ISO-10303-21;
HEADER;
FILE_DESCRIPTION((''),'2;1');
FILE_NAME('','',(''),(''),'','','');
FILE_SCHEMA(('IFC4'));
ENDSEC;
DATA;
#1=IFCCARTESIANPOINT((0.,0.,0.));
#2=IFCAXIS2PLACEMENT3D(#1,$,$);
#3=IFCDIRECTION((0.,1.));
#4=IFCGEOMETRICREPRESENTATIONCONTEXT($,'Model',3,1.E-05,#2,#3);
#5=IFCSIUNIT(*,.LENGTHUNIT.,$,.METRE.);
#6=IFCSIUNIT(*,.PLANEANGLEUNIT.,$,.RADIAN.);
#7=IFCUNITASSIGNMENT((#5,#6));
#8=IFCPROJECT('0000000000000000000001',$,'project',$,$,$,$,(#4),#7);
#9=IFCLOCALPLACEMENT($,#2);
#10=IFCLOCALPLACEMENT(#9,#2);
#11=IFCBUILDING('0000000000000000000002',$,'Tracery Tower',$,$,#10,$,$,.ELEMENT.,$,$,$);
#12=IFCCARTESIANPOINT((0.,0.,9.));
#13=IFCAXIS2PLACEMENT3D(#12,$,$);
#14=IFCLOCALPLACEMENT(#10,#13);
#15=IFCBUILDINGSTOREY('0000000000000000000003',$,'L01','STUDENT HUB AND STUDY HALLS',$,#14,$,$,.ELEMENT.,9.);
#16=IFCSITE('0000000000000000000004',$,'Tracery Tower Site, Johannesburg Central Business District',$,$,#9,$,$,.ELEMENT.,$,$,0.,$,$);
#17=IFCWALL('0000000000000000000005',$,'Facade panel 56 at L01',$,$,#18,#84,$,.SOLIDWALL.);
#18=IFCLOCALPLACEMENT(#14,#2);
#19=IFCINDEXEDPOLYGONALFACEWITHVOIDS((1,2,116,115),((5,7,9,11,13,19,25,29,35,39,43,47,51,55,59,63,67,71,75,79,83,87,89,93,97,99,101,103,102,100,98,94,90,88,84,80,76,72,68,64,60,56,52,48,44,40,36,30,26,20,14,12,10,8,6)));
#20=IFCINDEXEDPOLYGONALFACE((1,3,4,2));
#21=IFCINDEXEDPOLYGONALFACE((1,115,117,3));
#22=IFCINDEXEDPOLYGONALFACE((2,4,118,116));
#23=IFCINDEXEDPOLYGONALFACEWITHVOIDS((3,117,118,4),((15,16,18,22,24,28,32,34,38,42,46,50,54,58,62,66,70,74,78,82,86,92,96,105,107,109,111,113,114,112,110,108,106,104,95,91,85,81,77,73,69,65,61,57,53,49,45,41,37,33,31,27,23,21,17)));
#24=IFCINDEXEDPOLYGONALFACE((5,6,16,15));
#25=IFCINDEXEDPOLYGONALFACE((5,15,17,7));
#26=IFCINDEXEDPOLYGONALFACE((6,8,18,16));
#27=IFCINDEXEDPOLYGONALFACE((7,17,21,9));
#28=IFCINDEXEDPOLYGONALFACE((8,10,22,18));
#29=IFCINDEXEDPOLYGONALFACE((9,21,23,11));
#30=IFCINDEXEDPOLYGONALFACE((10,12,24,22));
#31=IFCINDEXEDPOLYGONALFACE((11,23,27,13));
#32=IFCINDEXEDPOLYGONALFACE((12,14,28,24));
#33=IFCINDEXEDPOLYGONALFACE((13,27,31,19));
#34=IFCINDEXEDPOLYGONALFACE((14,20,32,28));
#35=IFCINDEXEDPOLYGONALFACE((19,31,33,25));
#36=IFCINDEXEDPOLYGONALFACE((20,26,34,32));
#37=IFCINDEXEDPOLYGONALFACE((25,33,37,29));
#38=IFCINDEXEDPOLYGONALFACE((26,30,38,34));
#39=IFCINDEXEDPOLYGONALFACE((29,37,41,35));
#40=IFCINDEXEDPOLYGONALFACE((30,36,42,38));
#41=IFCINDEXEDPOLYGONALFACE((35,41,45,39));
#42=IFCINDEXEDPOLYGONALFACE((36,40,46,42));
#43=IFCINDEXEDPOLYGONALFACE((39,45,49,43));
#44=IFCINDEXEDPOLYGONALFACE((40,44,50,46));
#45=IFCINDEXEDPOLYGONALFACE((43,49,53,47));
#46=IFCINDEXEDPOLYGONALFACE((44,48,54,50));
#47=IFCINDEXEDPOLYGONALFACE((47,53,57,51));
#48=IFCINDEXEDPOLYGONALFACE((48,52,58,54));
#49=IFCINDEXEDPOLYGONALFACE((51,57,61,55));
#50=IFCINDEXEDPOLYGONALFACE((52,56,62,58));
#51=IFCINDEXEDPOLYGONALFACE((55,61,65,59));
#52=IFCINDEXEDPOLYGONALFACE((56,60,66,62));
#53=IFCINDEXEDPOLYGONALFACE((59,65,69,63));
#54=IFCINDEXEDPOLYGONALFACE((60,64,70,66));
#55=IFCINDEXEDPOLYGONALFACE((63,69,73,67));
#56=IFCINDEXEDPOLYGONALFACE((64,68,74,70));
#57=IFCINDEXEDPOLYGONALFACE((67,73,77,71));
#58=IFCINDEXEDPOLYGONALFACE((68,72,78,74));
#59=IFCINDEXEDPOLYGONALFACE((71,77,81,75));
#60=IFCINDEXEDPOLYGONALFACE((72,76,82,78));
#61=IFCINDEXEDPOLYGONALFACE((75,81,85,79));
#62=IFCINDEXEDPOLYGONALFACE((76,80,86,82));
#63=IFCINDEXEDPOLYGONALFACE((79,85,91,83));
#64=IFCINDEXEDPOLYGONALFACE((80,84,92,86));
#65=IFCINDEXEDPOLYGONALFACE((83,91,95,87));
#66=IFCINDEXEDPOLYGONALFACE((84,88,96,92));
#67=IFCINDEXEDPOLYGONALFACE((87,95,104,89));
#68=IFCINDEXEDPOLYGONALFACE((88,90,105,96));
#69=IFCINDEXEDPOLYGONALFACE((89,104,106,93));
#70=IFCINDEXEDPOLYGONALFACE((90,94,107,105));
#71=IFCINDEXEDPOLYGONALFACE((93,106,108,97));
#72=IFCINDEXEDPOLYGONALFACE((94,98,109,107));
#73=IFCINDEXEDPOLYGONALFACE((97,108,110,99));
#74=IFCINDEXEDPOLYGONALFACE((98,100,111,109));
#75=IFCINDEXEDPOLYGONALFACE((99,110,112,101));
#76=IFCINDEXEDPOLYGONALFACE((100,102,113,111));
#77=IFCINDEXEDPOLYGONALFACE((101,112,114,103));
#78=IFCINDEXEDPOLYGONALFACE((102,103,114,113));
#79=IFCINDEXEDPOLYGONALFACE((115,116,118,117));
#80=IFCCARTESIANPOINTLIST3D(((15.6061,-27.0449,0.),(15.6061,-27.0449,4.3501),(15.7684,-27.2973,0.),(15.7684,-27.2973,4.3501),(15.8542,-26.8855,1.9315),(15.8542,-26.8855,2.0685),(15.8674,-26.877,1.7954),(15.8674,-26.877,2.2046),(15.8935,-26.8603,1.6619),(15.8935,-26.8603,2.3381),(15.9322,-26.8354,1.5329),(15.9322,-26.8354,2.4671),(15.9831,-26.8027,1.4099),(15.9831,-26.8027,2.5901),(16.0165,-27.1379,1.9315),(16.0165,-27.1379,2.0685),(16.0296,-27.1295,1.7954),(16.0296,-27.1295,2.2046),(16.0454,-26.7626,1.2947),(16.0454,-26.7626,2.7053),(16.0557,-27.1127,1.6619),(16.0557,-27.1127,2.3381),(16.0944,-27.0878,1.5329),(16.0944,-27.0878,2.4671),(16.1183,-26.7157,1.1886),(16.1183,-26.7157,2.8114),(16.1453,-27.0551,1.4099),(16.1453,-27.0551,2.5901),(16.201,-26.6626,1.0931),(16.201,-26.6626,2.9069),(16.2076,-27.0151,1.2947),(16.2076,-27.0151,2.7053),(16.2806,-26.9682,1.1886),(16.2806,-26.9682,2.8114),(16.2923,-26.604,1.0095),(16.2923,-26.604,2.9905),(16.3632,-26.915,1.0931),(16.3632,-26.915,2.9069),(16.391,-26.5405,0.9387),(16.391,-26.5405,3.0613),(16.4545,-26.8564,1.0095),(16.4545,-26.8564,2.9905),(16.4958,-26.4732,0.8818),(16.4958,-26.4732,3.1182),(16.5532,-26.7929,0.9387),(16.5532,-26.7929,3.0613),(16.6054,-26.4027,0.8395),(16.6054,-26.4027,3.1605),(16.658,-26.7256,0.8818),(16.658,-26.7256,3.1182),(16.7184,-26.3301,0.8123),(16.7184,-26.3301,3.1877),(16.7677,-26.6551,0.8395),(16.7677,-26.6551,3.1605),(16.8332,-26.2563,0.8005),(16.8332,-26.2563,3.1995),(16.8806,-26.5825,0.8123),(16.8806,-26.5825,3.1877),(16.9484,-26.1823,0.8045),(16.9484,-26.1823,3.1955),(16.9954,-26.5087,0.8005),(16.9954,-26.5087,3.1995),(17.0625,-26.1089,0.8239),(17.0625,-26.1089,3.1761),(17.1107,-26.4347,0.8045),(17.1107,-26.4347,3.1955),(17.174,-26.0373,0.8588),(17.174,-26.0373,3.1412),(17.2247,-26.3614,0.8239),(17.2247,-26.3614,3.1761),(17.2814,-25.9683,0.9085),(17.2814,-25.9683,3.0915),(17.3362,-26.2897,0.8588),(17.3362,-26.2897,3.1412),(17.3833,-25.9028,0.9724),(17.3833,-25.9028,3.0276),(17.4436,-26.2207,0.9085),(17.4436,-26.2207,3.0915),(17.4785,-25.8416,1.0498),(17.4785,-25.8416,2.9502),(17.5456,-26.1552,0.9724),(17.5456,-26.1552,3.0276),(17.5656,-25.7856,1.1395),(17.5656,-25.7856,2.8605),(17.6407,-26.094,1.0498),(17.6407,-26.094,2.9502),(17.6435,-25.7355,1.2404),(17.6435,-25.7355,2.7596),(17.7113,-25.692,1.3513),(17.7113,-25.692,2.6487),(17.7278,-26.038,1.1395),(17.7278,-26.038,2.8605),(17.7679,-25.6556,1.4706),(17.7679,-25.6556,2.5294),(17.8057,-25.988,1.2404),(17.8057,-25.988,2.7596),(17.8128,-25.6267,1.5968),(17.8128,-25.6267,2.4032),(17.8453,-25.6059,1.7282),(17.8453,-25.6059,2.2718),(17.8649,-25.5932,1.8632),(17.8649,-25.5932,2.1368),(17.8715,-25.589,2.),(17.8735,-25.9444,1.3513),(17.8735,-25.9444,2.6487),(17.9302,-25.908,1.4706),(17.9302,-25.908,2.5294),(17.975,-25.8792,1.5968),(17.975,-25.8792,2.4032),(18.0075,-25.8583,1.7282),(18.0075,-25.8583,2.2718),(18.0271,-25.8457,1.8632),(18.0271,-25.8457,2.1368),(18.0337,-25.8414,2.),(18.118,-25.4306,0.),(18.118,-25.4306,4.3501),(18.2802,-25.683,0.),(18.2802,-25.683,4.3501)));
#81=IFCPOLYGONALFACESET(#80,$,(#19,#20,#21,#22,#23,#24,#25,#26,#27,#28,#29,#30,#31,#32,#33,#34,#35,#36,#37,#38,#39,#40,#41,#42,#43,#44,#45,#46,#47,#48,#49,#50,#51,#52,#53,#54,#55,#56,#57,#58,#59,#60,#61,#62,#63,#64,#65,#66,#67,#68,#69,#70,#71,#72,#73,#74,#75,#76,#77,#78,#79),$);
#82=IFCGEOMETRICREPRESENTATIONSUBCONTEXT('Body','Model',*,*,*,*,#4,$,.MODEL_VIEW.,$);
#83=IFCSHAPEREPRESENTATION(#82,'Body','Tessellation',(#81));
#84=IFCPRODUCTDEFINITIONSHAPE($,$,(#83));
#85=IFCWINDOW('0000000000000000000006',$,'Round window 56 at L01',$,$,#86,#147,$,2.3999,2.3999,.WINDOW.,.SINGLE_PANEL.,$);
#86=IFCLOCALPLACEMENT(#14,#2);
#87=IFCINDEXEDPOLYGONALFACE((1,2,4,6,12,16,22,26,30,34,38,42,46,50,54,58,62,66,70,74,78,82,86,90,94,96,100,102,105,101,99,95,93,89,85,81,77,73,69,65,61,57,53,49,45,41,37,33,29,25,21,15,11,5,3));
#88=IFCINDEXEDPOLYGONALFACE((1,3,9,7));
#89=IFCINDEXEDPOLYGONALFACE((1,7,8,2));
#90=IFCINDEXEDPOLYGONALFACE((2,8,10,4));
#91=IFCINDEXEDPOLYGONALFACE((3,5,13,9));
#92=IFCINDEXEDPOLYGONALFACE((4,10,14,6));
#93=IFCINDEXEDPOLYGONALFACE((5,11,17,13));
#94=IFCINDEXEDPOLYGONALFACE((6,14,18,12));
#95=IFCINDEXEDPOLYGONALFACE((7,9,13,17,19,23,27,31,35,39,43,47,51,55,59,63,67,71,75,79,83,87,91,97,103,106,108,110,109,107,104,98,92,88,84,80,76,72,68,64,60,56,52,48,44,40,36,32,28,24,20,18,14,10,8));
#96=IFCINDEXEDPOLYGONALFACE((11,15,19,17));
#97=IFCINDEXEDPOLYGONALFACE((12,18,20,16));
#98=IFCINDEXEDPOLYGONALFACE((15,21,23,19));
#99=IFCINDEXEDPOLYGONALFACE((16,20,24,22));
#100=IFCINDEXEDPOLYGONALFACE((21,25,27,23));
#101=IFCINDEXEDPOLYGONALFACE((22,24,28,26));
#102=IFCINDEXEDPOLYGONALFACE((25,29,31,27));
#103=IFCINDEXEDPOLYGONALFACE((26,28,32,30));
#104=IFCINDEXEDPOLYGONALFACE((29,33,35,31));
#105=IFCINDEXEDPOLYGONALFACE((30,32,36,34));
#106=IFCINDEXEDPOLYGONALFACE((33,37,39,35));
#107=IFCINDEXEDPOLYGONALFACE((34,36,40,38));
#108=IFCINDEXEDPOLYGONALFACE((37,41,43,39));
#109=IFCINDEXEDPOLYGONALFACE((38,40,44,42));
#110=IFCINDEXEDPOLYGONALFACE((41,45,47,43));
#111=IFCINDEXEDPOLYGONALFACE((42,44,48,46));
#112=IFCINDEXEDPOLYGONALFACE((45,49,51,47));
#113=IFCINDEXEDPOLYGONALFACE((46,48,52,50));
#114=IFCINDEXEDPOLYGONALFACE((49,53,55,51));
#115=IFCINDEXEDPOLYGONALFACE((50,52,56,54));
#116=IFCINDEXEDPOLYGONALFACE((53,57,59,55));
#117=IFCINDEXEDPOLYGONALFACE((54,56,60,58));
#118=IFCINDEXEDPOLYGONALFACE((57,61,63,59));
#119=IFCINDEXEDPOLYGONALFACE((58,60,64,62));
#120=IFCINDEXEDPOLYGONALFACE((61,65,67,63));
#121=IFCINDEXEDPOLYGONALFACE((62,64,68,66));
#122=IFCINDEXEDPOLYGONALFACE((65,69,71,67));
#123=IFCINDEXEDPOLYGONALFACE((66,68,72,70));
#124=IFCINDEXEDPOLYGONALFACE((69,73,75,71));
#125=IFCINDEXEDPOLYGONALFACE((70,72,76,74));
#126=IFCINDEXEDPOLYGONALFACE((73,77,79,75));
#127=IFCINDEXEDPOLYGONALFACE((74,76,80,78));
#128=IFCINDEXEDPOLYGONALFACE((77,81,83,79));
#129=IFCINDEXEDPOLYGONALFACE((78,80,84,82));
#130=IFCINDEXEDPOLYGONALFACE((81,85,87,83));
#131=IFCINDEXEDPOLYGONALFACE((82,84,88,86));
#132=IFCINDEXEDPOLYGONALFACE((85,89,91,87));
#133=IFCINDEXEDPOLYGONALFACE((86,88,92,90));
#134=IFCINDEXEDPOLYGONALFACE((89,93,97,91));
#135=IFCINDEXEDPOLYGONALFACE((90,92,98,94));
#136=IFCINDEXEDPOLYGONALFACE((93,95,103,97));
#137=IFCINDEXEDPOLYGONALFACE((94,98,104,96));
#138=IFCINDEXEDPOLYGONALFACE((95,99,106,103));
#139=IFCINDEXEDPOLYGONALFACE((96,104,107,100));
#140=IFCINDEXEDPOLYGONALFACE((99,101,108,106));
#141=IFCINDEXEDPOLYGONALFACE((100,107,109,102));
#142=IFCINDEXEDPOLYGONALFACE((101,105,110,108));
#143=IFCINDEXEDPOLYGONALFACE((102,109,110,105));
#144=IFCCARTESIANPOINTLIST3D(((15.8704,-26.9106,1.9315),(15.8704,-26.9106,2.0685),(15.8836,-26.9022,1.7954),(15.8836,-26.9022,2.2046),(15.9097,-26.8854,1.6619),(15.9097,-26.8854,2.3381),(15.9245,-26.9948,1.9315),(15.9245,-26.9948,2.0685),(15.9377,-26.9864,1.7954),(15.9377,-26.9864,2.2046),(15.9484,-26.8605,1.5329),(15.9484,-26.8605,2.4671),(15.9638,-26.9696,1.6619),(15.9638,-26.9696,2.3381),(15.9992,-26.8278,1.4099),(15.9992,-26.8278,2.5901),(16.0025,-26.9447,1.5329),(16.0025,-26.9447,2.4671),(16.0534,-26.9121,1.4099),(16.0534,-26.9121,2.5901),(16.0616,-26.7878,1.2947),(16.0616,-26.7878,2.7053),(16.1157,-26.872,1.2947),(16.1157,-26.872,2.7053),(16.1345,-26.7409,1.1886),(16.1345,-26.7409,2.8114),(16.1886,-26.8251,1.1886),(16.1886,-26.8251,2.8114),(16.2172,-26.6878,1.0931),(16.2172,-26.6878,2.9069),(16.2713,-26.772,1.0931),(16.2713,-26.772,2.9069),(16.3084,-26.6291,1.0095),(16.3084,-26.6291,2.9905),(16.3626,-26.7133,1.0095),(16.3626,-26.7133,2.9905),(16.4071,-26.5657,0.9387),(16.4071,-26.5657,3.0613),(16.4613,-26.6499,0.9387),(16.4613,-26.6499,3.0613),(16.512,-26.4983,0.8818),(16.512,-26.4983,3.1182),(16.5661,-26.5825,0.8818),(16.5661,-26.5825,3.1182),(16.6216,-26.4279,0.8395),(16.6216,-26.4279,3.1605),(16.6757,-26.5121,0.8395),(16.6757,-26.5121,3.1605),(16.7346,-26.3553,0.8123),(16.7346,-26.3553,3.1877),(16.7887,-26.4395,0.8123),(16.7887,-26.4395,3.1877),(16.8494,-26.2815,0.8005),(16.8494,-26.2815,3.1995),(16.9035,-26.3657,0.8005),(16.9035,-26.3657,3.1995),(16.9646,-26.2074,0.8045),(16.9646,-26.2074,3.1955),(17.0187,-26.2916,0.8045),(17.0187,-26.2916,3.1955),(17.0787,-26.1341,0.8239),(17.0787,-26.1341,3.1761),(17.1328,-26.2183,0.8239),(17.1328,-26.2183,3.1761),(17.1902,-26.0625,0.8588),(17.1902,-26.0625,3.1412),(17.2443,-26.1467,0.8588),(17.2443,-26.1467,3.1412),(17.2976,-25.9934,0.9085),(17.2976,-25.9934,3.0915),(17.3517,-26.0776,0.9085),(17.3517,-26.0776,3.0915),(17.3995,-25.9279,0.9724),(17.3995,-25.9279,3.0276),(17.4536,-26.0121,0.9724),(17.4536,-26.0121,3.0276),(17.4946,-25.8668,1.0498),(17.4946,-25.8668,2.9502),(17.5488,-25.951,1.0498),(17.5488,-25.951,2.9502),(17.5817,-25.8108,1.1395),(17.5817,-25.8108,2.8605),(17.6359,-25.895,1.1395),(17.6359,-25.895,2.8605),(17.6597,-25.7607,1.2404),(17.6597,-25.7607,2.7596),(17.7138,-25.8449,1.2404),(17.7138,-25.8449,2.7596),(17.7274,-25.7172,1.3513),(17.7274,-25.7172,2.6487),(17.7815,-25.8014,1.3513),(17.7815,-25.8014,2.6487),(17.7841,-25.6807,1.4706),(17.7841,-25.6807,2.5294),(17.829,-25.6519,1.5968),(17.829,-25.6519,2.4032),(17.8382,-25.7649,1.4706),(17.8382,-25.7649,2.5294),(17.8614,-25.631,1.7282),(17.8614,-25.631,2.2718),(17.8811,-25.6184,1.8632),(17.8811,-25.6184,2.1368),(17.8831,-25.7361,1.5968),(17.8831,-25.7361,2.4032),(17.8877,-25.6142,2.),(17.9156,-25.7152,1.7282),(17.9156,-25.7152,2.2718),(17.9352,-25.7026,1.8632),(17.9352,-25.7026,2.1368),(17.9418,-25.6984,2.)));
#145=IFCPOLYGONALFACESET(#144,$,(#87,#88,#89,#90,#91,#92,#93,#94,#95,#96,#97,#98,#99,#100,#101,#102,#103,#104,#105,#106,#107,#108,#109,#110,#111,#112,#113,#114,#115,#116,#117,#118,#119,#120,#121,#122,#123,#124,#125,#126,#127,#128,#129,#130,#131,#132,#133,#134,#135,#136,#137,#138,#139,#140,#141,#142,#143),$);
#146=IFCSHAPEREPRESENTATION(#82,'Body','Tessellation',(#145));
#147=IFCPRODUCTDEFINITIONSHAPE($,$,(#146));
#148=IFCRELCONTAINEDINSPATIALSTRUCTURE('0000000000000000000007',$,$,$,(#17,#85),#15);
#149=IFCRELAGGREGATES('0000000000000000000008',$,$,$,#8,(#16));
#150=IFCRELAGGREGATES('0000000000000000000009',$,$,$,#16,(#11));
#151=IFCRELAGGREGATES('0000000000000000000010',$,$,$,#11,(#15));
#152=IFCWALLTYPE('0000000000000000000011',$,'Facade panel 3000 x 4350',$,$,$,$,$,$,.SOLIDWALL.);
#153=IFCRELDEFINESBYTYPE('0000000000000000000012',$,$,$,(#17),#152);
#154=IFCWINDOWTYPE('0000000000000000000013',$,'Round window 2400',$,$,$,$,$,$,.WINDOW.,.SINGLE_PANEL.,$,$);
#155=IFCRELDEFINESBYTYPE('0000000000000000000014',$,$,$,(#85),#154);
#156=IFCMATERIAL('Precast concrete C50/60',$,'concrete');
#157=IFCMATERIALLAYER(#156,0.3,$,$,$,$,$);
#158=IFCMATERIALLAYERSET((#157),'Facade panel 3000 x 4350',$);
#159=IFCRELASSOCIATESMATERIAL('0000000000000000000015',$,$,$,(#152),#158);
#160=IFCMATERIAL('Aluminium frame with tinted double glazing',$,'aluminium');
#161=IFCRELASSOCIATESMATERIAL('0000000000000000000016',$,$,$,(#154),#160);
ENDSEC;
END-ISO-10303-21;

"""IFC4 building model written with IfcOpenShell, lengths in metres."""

from ifc_helpers import new_model, si_unit, direction, frame, frame_2d, origin, origin_2d, place, context, subcontext, project, spatial, rectangle, circle, extrude, material, layer, layer_set, type_object, element, fill, save


model = new_model("IFC4")

# Units and contexts
model_context = context("Model", 3, precision=1e-05, world=origin(), true_north=direction((0.0, 1.0)))
body_context = subcontext(model_context, "Body", "Model", "MODEL_VIEW")
ifc_project = project(units=[si_unit("LENGTHUNIT", "METRE"), si_unit("PLANEANGLEUNIT", "RADIAN")], contexts=[model_context])

# Site, building, storey
site_placement = place(None, origin())
site = spatial("IfcSite", under=ifc_project, at=site_placement, Name="Tracery Tower Site, Johannesburg Central Business District", CompositionType="ELEMENT", RefElevation=0.0)
building_placement = place(site_placement, origin())
building = spatial("IfcBuilding", under=site, at=building_placement, Name="Tracery Tower", CompositionType="ELEMENT")
storey_placement = place(building_placement, frame((0.0, 0.0, 9.0)))
storey = spatial("IfcBuildingStorey", under=building, at=storey_placement, Name="L01", Description="STUDENT HUB AND STUDY HALLS", CompositionType="ELEMENT", Elevation=9.0)

# Wall, opening, window
ifc_material_1 = material(Name="Precast concrete C50/60", Category="concrete")
ifc_layer_1 = layer(ifc_material_1, 0.3)
ifc_layer_set_1 = layer_set([ifc_layer_1], Name="Facade panel 3000 x 4350")
wall_type_1 = type_object("IfcWallType", Name="Facade panel 3000 x 4350", PredefinedType="SOLIDWALL", material=ifc_layer_set_1)
ifc_material_2 = material(Name="Aluminium frame with tinted double glazing", Category="aluminium")
window_type = type_object("IfcWindowType", Name="Round window 2400", PartitioningType="SINGLE_PANEL", PredefinedType="WINDOW", material=ifc_material_2)
wall_1_placement = place(storey_placement, frame((15.6873, -27.1711, 0.0), z_axis=(0.0, 0.0, 1.0), x_axis=(0.841242, 0.540658, 0.0)))
wall_1 = element("IfcWall", 1, at=wall_1_placement, inside=storey, type_object=wall_type_1, Name="Facade panel 56 at L01", PredefinedType="SOLIDWALL", context=body_context, shape_type="SweptSolid", body=[
    extrude(rectangle(XDim=2.9858, YDim=0.3, at=frame_2d((1.4929, 0.0))), origin(), (0.0, 0.0, 1.0), 4.3501),
])
opening_1_placement = place(wall_1_placement, frame((1.4929, 0.0, 2.0)))
opening_1 = element("IfcOpeningElement", 2, at=opening_1_placement, cuts=wall_1, PredefinedType="OPENING", context=body_context, shape_type="SweptSolid", body=[
    extrude(circle(Radius=1.2, at=origin_2d()), frame((0.0, 0.1599, 0.0), z_axis=(0.0, -1.0, 0.0), x_axis=(1.0, 0.0, 0.0)), (0.0, 0.0, 1.0), 0.3201),
])
window_1_placement = place(opening_1_placement, origin())
window_1 = element("IfcWindow", 3, at=window_1_placement, inside=storey, type_object=window_type, Name="Round window 56 at L01", OverallHeight=2.3999, OverallWidth=2.3999, PartitioningType="SINGLE_PANEL", PredefinedType="WINDOW", context=body_context, shape_type="SweptSolid", body=[
    extrude(circle(Radius=1.2, at=origin_2d()), frame((0.0, 0.1201, 0.0), z_axis=(0.0, -1.0, 0.0), x_axis=(1.0, 0.0, 0.0)), (0.0, 0.0, 1.0), 0.1001),
])
fill(opening_1, window_1)

save(model, "model.ifc")
